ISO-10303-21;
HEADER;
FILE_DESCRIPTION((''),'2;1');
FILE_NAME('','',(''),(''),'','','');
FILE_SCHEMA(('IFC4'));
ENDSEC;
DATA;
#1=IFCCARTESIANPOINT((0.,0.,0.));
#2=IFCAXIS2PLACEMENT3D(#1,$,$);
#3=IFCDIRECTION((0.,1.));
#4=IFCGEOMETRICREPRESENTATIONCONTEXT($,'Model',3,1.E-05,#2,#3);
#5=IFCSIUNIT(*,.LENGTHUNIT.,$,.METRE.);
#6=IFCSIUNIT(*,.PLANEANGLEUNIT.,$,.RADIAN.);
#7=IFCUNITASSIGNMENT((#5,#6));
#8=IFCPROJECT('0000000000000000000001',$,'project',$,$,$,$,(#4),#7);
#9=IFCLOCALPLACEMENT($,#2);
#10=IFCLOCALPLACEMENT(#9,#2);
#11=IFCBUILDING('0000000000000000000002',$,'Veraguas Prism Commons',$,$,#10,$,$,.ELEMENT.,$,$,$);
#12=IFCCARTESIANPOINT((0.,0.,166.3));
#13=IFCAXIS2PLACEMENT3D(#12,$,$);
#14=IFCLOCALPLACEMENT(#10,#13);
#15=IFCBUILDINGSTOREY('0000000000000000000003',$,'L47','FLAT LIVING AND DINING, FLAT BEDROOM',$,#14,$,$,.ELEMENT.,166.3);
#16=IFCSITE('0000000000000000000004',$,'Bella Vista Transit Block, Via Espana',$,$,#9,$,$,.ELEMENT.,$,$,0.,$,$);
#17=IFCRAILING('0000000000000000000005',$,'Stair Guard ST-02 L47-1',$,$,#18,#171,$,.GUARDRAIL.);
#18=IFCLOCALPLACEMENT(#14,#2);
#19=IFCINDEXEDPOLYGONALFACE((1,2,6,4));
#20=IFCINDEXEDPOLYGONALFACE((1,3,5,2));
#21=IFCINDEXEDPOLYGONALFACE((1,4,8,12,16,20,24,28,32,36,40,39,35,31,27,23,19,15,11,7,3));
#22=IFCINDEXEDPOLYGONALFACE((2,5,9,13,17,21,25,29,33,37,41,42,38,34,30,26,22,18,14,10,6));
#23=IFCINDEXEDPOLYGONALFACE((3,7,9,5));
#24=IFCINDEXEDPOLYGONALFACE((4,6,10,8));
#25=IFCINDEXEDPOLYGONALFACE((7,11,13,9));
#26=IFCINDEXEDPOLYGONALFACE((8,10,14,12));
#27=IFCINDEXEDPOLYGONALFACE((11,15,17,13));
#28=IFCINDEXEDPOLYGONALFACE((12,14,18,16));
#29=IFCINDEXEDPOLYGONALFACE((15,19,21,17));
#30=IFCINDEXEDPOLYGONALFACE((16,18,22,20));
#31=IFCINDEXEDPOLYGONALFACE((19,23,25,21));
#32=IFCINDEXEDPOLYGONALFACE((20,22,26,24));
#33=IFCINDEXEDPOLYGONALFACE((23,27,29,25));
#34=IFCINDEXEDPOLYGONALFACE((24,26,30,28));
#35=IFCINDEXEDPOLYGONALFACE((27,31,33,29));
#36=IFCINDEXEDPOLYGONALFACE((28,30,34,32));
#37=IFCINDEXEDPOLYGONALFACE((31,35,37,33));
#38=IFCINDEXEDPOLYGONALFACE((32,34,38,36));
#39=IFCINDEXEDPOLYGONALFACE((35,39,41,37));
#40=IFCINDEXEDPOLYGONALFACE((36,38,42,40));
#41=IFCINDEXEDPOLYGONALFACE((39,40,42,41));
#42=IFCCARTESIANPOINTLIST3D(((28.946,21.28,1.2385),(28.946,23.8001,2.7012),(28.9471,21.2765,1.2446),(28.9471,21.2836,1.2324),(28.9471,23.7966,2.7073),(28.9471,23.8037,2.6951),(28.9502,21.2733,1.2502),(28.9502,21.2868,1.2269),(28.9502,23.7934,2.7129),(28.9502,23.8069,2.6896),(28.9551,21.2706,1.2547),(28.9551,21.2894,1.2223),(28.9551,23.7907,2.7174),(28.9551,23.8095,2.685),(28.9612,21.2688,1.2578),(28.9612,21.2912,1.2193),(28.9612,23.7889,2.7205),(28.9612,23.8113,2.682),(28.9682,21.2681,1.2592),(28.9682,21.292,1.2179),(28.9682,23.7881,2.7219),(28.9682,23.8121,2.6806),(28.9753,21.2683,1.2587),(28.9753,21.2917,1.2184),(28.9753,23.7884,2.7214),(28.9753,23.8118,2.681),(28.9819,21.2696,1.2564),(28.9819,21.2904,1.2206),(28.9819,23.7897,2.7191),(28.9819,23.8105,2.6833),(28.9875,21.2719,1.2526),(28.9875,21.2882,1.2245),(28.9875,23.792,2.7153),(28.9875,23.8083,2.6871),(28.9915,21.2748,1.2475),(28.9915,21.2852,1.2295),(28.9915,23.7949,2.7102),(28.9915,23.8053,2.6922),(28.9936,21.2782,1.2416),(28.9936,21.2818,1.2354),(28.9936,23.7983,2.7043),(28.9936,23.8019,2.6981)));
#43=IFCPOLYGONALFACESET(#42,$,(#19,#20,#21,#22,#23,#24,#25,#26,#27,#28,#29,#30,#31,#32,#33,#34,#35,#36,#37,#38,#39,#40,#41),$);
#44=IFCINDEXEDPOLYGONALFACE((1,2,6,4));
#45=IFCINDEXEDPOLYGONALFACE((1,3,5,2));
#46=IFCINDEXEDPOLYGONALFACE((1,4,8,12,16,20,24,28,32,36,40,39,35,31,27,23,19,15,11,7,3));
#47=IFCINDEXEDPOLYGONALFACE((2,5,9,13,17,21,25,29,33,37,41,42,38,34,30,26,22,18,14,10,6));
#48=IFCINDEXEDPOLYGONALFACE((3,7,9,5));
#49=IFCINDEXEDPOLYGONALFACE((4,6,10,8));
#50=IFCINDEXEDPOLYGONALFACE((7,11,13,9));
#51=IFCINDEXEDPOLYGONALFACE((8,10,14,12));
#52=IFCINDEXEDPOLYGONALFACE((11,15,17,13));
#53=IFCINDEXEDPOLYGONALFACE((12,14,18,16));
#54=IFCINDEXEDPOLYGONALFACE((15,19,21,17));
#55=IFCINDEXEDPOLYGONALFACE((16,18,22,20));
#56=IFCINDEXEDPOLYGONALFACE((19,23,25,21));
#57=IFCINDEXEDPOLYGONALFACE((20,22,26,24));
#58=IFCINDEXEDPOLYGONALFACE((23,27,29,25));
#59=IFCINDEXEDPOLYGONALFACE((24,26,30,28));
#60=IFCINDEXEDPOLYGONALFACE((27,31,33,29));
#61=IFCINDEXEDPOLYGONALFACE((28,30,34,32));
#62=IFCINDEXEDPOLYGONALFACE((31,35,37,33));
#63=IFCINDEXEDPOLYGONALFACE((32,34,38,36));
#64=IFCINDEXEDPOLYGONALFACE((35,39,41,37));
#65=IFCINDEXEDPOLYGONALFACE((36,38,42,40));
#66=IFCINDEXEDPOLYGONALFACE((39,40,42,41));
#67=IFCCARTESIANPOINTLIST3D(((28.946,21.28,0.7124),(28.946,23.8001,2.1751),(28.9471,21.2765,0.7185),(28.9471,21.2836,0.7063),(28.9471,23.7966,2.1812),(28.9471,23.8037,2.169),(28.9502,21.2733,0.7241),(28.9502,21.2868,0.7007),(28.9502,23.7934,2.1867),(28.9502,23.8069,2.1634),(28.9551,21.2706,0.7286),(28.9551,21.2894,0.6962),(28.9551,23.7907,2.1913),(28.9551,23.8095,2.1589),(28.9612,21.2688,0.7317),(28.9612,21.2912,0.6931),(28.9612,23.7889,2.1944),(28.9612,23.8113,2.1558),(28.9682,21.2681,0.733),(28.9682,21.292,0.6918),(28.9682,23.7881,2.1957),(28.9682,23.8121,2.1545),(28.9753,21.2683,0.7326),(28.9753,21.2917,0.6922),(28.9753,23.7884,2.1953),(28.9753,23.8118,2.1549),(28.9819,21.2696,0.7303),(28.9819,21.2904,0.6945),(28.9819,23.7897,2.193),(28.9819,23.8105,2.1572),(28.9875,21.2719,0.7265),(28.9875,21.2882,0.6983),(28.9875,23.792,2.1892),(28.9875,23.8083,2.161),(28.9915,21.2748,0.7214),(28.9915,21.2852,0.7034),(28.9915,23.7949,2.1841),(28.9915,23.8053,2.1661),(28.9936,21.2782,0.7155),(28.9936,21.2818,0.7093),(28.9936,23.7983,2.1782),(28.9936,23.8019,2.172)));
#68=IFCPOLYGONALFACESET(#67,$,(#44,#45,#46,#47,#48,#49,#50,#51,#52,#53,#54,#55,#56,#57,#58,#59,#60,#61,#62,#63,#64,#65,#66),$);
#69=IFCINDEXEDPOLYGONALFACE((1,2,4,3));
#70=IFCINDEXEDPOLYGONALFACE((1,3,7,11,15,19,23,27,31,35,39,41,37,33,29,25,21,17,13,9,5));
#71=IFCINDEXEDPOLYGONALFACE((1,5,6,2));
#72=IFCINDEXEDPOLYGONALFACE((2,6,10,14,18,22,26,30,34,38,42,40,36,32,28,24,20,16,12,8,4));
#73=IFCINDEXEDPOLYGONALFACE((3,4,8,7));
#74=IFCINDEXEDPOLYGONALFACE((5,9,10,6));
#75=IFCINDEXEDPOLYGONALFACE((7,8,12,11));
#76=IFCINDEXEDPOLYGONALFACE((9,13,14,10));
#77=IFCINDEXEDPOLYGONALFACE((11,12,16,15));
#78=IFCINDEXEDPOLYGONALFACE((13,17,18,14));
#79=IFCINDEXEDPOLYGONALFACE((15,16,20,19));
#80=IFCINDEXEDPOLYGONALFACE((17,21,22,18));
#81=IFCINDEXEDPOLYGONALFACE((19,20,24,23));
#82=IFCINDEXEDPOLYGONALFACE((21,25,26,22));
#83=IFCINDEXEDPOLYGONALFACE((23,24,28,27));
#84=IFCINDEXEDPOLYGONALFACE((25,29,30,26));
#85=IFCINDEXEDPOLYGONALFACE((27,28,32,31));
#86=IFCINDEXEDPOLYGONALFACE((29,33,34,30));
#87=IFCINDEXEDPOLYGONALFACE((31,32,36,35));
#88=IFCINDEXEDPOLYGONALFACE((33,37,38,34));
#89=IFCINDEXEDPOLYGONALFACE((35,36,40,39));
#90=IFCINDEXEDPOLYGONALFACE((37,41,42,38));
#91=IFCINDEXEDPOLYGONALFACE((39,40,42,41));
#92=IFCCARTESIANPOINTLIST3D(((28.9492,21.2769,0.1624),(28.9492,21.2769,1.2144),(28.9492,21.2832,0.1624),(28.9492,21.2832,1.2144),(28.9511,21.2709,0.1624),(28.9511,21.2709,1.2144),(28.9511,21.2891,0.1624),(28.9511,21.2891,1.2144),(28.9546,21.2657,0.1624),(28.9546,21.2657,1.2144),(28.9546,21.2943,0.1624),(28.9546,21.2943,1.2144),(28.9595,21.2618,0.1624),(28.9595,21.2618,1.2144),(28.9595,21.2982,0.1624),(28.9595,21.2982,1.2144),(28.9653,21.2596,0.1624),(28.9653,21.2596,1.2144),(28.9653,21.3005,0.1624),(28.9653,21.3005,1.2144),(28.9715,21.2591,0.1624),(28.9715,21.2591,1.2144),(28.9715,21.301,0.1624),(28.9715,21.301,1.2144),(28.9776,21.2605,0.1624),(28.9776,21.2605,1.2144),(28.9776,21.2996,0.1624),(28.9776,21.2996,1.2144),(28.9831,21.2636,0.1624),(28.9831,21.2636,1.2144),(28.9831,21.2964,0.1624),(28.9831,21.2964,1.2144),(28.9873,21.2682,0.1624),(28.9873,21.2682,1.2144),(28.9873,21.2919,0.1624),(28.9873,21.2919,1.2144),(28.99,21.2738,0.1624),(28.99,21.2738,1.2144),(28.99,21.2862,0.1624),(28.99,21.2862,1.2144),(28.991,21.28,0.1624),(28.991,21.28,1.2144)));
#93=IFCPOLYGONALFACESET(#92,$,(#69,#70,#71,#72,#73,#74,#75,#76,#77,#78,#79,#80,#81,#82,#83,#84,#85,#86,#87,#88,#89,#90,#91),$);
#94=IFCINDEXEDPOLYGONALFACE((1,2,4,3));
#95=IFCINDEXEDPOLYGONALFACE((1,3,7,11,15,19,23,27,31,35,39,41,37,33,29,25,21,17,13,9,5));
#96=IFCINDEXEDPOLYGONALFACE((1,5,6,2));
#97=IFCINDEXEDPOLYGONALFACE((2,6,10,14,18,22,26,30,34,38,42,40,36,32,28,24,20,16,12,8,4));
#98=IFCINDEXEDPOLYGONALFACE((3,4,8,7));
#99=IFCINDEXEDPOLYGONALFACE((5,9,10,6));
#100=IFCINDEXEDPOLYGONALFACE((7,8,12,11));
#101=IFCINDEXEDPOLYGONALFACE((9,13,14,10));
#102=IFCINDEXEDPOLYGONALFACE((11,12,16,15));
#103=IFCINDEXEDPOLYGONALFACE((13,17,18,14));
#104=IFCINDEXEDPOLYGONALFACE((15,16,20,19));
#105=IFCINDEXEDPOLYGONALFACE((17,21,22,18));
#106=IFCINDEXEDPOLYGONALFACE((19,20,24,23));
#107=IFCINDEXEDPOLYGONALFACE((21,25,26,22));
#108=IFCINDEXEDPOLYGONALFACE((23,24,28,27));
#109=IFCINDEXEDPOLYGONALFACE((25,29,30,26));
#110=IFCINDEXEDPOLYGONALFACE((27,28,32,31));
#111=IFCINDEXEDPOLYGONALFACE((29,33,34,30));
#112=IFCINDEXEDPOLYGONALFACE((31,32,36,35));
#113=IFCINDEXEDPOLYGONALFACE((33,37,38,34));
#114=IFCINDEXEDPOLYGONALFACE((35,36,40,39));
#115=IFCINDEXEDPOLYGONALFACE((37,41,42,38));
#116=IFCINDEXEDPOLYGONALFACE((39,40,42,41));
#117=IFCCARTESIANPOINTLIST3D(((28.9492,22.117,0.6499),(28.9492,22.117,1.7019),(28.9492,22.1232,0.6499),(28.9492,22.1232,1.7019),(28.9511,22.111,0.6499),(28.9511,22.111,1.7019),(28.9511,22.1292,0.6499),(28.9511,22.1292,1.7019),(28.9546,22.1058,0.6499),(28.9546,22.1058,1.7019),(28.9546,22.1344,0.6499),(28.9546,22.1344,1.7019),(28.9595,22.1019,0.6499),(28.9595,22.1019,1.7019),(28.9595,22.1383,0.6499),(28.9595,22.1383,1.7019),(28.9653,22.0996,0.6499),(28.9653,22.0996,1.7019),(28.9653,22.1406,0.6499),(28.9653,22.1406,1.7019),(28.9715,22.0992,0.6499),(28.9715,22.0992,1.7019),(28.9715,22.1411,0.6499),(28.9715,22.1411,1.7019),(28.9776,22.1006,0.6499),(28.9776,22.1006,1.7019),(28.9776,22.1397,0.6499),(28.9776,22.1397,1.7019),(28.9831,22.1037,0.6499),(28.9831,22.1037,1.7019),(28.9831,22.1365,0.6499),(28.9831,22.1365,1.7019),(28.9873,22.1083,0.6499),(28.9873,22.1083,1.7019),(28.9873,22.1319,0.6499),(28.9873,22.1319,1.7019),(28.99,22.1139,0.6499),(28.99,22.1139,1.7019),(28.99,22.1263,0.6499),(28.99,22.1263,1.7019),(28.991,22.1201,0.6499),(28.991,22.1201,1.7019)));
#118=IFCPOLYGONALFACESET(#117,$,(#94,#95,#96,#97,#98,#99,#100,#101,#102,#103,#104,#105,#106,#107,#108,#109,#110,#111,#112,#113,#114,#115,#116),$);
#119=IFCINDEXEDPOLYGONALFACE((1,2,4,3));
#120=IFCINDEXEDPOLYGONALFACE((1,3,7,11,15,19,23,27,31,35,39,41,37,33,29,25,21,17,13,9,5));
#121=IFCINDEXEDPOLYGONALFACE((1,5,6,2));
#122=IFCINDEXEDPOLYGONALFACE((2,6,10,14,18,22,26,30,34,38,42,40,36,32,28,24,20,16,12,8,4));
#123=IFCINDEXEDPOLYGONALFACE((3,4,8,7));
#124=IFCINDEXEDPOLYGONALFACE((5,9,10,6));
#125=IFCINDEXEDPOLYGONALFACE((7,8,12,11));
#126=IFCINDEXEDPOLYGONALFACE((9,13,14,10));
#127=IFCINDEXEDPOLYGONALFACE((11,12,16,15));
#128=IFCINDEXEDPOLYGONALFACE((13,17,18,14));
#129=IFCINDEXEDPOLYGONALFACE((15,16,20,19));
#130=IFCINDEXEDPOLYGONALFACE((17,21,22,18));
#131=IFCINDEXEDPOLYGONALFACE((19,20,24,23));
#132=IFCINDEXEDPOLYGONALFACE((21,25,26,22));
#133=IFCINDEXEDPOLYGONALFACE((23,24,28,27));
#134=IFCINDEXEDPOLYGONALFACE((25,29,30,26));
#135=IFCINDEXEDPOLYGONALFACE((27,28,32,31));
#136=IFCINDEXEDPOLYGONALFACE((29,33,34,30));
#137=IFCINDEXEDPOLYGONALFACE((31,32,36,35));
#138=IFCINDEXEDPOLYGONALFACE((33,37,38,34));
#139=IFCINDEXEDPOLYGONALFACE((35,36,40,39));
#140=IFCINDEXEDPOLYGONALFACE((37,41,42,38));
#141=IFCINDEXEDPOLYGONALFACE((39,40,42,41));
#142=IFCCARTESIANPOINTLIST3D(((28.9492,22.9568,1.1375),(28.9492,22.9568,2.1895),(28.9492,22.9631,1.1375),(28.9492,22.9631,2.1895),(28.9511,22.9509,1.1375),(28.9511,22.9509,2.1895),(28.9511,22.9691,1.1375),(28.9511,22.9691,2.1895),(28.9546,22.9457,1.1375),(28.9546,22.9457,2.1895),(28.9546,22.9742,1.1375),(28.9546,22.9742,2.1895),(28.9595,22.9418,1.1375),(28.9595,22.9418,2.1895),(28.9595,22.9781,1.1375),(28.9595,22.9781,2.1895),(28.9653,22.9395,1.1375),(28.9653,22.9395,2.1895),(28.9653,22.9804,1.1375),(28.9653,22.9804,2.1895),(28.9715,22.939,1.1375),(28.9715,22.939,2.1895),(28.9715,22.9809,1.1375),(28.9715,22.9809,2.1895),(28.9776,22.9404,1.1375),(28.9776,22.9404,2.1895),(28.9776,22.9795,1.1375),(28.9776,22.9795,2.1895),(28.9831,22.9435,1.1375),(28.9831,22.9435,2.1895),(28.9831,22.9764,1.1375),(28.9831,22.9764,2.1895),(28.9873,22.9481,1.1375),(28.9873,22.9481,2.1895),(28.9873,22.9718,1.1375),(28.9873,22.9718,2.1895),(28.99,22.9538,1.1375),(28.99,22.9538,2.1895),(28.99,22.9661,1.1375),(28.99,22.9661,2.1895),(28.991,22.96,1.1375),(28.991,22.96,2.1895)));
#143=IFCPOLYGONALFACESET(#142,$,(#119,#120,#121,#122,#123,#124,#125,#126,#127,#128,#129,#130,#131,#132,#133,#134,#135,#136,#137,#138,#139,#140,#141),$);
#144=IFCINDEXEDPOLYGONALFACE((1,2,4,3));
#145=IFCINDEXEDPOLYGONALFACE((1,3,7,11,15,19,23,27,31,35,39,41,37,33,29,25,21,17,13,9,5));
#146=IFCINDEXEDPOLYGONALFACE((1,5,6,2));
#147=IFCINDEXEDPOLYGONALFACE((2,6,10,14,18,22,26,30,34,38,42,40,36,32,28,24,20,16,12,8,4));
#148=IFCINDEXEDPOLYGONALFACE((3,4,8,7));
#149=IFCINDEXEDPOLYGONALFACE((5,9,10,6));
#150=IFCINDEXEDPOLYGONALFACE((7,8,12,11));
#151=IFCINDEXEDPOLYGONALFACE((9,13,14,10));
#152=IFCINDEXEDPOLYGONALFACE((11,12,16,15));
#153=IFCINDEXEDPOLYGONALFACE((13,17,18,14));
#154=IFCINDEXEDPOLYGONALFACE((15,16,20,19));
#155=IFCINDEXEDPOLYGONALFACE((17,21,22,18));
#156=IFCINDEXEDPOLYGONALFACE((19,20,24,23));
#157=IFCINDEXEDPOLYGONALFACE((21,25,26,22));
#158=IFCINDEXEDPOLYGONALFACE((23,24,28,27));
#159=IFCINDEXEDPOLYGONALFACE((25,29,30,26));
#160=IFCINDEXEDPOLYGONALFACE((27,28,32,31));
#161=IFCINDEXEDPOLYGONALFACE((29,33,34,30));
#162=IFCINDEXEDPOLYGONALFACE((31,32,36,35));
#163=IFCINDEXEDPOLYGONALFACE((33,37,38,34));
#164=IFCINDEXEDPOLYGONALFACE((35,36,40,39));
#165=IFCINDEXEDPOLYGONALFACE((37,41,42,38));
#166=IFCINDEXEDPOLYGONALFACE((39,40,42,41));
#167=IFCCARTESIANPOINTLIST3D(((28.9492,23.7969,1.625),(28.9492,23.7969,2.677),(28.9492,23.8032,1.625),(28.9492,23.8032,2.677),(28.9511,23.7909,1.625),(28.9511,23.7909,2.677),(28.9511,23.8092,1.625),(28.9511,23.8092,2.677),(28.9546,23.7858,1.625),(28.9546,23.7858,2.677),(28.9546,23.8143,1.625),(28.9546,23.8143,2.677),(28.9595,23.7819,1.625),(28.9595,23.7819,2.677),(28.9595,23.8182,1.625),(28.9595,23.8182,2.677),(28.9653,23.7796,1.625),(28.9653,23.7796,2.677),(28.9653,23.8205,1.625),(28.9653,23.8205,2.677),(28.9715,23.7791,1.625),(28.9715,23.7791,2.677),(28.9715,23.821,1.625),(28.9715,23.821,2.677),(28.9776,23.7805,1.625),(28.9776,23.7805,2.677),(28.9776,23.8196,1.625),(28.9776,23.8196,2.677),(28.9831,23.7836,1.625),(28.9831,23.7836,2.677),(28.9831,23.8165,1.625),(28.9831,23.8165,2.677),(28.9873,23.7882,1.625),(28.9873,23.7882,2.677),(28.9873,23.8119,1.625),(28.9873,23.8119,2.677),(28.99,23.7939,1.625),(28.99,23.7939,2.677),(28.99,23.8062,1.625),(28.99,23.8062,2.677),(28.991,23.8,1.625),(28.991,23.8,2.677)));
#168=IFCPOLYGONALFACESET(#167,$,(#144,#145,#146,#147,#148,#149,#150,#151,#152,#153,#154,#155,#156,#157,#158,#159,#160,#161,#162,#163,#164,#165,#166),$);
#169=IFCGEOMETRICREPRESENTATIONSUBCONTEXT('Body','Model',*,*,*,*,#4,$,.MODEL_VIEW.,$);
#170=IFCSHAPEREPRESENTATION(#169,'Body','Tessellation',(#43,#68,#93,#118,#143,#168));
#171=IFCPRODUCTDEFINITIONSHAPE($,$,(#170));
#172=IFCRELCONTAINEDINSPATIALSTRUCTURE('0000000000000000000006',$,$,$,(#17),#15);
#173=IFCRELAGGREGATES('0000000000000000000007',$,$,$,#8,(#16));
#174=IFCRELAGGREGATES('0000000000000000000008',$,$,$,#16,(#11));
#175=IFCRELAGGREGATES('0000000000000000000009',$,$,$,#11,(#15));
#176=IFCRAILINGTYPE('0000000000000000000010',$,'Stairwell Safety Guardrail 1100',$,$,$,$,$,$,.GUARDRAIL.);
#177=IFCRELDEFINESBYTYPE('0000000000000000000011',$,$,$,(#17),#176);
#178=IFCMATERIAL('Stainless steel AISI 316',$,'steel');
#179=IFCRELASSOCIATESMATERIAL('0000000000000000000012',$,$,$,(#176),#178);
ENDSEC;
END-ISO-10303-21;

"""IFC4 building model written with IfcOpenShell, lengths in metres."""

from ifc_helpers import new_model, si_unit, direction, frame, origin, origin_2d, place, context, subcontext, project, spatial, circle, extrude, material, type_object, element, save


model = new_model("IFC4")

# Units and contexts
model_context = context("Model", 3, precision=1e-05, world=origin(), true_north=direction((0.0, 1.0)))
body_context = subcontext(model_context, "Body", "Model", "MODEL_VIEW")
ifc_project = project(units=[si_unit("LENGTHUNIT", "METRE"), si_unit("PLANEANGLEUNIT", "RADIAN")], contexts=[model_context])

# Site, building, storey
site_placement = place(None, origin())
site = spatial("IfcSite", under=ifc_project, at=site_placement, Name="Bella Vista Transit Block, Via Espana", CompositionType="ELEMENT", RefElevation=0.0)
building_placement = place(site_placement, origin())
building = spatial("IfcBuilding", under=site, at=building_placement, Name="Veraguas Prism Commons", CompositionType="ELEMENT")
storey_placement = place(building_placement, frame((0.0, 0.0, 166.3)))
storey = spatial("IfcBuildingStorey", under=building, at=storey_placement, Name="L47", Description="FLAT LIVING AND DINING, FLAT BEDROOM", CompositionType="ELEMENT", Elevation=166.3)

# Shared definitions
ifc_material_1 = material(Name="Stainless steel AISI 316", Category="steel")

# Railing
railing_type_1 = type_object("IfcRailingType", Name="Stairwell Safety Guardrail 1100", PredefinedType="GUARDRAIL", material=ifc_material_1)
railing_1_placement = place(storey_placement, frame((28.97, 21.28, 0.1624)))
element("IfcRailing", 1, at=railing_1_placement, inside=storey, type_object=railing_type_1, Name="Stair Guard ST-02 L47-1", PredefinedType="GUARDRAIL", context=body_context, shape_type="SweptSolid", body=[
    extrude(circle(Radius=0.0239, at=origin_2d()), frame((0.0, 0.0, 1.0762), z_axis=(0.0, 0.864877, 0.501984), x_axis=(-1.0, 0.0, 0.0)), (0.0, 0.0, 1.0), 2.9138),
    extrude(circle(Radius=0.0239, at=origin_2d()), frame((0.0, 0.0, 0.55), z_axis=(0.0, 0.864877, 0.501984), x_axis=(-1.0, 0.0, 0.0)), (0.0, 0.0, 1.0), 2.9138),
    extrude(circle(Radius=0.021, at=origin_2d()), origin(), (0.0, 0.0, 1.0), 1.052),
    extrude(circle(Radius=0.021, at=origin_2d()), frame((0.0, 0.8401, 0.4875)), (0.0, 0.0, 1.0), 1.052),
    extrude(circle(Radius=0.021, at=origin_2d()), frame((0.0, 1.6799, 0.9751)), (0.0, 0.0, 1.0), 1.052),
    extrude(circle(Radius=0.021, at=origin_2d()), frame((0.0, 2.52, 1.4626)), (0.0, 0.0, 1.0), 1.052),
])

save(model, "model.ifc")
